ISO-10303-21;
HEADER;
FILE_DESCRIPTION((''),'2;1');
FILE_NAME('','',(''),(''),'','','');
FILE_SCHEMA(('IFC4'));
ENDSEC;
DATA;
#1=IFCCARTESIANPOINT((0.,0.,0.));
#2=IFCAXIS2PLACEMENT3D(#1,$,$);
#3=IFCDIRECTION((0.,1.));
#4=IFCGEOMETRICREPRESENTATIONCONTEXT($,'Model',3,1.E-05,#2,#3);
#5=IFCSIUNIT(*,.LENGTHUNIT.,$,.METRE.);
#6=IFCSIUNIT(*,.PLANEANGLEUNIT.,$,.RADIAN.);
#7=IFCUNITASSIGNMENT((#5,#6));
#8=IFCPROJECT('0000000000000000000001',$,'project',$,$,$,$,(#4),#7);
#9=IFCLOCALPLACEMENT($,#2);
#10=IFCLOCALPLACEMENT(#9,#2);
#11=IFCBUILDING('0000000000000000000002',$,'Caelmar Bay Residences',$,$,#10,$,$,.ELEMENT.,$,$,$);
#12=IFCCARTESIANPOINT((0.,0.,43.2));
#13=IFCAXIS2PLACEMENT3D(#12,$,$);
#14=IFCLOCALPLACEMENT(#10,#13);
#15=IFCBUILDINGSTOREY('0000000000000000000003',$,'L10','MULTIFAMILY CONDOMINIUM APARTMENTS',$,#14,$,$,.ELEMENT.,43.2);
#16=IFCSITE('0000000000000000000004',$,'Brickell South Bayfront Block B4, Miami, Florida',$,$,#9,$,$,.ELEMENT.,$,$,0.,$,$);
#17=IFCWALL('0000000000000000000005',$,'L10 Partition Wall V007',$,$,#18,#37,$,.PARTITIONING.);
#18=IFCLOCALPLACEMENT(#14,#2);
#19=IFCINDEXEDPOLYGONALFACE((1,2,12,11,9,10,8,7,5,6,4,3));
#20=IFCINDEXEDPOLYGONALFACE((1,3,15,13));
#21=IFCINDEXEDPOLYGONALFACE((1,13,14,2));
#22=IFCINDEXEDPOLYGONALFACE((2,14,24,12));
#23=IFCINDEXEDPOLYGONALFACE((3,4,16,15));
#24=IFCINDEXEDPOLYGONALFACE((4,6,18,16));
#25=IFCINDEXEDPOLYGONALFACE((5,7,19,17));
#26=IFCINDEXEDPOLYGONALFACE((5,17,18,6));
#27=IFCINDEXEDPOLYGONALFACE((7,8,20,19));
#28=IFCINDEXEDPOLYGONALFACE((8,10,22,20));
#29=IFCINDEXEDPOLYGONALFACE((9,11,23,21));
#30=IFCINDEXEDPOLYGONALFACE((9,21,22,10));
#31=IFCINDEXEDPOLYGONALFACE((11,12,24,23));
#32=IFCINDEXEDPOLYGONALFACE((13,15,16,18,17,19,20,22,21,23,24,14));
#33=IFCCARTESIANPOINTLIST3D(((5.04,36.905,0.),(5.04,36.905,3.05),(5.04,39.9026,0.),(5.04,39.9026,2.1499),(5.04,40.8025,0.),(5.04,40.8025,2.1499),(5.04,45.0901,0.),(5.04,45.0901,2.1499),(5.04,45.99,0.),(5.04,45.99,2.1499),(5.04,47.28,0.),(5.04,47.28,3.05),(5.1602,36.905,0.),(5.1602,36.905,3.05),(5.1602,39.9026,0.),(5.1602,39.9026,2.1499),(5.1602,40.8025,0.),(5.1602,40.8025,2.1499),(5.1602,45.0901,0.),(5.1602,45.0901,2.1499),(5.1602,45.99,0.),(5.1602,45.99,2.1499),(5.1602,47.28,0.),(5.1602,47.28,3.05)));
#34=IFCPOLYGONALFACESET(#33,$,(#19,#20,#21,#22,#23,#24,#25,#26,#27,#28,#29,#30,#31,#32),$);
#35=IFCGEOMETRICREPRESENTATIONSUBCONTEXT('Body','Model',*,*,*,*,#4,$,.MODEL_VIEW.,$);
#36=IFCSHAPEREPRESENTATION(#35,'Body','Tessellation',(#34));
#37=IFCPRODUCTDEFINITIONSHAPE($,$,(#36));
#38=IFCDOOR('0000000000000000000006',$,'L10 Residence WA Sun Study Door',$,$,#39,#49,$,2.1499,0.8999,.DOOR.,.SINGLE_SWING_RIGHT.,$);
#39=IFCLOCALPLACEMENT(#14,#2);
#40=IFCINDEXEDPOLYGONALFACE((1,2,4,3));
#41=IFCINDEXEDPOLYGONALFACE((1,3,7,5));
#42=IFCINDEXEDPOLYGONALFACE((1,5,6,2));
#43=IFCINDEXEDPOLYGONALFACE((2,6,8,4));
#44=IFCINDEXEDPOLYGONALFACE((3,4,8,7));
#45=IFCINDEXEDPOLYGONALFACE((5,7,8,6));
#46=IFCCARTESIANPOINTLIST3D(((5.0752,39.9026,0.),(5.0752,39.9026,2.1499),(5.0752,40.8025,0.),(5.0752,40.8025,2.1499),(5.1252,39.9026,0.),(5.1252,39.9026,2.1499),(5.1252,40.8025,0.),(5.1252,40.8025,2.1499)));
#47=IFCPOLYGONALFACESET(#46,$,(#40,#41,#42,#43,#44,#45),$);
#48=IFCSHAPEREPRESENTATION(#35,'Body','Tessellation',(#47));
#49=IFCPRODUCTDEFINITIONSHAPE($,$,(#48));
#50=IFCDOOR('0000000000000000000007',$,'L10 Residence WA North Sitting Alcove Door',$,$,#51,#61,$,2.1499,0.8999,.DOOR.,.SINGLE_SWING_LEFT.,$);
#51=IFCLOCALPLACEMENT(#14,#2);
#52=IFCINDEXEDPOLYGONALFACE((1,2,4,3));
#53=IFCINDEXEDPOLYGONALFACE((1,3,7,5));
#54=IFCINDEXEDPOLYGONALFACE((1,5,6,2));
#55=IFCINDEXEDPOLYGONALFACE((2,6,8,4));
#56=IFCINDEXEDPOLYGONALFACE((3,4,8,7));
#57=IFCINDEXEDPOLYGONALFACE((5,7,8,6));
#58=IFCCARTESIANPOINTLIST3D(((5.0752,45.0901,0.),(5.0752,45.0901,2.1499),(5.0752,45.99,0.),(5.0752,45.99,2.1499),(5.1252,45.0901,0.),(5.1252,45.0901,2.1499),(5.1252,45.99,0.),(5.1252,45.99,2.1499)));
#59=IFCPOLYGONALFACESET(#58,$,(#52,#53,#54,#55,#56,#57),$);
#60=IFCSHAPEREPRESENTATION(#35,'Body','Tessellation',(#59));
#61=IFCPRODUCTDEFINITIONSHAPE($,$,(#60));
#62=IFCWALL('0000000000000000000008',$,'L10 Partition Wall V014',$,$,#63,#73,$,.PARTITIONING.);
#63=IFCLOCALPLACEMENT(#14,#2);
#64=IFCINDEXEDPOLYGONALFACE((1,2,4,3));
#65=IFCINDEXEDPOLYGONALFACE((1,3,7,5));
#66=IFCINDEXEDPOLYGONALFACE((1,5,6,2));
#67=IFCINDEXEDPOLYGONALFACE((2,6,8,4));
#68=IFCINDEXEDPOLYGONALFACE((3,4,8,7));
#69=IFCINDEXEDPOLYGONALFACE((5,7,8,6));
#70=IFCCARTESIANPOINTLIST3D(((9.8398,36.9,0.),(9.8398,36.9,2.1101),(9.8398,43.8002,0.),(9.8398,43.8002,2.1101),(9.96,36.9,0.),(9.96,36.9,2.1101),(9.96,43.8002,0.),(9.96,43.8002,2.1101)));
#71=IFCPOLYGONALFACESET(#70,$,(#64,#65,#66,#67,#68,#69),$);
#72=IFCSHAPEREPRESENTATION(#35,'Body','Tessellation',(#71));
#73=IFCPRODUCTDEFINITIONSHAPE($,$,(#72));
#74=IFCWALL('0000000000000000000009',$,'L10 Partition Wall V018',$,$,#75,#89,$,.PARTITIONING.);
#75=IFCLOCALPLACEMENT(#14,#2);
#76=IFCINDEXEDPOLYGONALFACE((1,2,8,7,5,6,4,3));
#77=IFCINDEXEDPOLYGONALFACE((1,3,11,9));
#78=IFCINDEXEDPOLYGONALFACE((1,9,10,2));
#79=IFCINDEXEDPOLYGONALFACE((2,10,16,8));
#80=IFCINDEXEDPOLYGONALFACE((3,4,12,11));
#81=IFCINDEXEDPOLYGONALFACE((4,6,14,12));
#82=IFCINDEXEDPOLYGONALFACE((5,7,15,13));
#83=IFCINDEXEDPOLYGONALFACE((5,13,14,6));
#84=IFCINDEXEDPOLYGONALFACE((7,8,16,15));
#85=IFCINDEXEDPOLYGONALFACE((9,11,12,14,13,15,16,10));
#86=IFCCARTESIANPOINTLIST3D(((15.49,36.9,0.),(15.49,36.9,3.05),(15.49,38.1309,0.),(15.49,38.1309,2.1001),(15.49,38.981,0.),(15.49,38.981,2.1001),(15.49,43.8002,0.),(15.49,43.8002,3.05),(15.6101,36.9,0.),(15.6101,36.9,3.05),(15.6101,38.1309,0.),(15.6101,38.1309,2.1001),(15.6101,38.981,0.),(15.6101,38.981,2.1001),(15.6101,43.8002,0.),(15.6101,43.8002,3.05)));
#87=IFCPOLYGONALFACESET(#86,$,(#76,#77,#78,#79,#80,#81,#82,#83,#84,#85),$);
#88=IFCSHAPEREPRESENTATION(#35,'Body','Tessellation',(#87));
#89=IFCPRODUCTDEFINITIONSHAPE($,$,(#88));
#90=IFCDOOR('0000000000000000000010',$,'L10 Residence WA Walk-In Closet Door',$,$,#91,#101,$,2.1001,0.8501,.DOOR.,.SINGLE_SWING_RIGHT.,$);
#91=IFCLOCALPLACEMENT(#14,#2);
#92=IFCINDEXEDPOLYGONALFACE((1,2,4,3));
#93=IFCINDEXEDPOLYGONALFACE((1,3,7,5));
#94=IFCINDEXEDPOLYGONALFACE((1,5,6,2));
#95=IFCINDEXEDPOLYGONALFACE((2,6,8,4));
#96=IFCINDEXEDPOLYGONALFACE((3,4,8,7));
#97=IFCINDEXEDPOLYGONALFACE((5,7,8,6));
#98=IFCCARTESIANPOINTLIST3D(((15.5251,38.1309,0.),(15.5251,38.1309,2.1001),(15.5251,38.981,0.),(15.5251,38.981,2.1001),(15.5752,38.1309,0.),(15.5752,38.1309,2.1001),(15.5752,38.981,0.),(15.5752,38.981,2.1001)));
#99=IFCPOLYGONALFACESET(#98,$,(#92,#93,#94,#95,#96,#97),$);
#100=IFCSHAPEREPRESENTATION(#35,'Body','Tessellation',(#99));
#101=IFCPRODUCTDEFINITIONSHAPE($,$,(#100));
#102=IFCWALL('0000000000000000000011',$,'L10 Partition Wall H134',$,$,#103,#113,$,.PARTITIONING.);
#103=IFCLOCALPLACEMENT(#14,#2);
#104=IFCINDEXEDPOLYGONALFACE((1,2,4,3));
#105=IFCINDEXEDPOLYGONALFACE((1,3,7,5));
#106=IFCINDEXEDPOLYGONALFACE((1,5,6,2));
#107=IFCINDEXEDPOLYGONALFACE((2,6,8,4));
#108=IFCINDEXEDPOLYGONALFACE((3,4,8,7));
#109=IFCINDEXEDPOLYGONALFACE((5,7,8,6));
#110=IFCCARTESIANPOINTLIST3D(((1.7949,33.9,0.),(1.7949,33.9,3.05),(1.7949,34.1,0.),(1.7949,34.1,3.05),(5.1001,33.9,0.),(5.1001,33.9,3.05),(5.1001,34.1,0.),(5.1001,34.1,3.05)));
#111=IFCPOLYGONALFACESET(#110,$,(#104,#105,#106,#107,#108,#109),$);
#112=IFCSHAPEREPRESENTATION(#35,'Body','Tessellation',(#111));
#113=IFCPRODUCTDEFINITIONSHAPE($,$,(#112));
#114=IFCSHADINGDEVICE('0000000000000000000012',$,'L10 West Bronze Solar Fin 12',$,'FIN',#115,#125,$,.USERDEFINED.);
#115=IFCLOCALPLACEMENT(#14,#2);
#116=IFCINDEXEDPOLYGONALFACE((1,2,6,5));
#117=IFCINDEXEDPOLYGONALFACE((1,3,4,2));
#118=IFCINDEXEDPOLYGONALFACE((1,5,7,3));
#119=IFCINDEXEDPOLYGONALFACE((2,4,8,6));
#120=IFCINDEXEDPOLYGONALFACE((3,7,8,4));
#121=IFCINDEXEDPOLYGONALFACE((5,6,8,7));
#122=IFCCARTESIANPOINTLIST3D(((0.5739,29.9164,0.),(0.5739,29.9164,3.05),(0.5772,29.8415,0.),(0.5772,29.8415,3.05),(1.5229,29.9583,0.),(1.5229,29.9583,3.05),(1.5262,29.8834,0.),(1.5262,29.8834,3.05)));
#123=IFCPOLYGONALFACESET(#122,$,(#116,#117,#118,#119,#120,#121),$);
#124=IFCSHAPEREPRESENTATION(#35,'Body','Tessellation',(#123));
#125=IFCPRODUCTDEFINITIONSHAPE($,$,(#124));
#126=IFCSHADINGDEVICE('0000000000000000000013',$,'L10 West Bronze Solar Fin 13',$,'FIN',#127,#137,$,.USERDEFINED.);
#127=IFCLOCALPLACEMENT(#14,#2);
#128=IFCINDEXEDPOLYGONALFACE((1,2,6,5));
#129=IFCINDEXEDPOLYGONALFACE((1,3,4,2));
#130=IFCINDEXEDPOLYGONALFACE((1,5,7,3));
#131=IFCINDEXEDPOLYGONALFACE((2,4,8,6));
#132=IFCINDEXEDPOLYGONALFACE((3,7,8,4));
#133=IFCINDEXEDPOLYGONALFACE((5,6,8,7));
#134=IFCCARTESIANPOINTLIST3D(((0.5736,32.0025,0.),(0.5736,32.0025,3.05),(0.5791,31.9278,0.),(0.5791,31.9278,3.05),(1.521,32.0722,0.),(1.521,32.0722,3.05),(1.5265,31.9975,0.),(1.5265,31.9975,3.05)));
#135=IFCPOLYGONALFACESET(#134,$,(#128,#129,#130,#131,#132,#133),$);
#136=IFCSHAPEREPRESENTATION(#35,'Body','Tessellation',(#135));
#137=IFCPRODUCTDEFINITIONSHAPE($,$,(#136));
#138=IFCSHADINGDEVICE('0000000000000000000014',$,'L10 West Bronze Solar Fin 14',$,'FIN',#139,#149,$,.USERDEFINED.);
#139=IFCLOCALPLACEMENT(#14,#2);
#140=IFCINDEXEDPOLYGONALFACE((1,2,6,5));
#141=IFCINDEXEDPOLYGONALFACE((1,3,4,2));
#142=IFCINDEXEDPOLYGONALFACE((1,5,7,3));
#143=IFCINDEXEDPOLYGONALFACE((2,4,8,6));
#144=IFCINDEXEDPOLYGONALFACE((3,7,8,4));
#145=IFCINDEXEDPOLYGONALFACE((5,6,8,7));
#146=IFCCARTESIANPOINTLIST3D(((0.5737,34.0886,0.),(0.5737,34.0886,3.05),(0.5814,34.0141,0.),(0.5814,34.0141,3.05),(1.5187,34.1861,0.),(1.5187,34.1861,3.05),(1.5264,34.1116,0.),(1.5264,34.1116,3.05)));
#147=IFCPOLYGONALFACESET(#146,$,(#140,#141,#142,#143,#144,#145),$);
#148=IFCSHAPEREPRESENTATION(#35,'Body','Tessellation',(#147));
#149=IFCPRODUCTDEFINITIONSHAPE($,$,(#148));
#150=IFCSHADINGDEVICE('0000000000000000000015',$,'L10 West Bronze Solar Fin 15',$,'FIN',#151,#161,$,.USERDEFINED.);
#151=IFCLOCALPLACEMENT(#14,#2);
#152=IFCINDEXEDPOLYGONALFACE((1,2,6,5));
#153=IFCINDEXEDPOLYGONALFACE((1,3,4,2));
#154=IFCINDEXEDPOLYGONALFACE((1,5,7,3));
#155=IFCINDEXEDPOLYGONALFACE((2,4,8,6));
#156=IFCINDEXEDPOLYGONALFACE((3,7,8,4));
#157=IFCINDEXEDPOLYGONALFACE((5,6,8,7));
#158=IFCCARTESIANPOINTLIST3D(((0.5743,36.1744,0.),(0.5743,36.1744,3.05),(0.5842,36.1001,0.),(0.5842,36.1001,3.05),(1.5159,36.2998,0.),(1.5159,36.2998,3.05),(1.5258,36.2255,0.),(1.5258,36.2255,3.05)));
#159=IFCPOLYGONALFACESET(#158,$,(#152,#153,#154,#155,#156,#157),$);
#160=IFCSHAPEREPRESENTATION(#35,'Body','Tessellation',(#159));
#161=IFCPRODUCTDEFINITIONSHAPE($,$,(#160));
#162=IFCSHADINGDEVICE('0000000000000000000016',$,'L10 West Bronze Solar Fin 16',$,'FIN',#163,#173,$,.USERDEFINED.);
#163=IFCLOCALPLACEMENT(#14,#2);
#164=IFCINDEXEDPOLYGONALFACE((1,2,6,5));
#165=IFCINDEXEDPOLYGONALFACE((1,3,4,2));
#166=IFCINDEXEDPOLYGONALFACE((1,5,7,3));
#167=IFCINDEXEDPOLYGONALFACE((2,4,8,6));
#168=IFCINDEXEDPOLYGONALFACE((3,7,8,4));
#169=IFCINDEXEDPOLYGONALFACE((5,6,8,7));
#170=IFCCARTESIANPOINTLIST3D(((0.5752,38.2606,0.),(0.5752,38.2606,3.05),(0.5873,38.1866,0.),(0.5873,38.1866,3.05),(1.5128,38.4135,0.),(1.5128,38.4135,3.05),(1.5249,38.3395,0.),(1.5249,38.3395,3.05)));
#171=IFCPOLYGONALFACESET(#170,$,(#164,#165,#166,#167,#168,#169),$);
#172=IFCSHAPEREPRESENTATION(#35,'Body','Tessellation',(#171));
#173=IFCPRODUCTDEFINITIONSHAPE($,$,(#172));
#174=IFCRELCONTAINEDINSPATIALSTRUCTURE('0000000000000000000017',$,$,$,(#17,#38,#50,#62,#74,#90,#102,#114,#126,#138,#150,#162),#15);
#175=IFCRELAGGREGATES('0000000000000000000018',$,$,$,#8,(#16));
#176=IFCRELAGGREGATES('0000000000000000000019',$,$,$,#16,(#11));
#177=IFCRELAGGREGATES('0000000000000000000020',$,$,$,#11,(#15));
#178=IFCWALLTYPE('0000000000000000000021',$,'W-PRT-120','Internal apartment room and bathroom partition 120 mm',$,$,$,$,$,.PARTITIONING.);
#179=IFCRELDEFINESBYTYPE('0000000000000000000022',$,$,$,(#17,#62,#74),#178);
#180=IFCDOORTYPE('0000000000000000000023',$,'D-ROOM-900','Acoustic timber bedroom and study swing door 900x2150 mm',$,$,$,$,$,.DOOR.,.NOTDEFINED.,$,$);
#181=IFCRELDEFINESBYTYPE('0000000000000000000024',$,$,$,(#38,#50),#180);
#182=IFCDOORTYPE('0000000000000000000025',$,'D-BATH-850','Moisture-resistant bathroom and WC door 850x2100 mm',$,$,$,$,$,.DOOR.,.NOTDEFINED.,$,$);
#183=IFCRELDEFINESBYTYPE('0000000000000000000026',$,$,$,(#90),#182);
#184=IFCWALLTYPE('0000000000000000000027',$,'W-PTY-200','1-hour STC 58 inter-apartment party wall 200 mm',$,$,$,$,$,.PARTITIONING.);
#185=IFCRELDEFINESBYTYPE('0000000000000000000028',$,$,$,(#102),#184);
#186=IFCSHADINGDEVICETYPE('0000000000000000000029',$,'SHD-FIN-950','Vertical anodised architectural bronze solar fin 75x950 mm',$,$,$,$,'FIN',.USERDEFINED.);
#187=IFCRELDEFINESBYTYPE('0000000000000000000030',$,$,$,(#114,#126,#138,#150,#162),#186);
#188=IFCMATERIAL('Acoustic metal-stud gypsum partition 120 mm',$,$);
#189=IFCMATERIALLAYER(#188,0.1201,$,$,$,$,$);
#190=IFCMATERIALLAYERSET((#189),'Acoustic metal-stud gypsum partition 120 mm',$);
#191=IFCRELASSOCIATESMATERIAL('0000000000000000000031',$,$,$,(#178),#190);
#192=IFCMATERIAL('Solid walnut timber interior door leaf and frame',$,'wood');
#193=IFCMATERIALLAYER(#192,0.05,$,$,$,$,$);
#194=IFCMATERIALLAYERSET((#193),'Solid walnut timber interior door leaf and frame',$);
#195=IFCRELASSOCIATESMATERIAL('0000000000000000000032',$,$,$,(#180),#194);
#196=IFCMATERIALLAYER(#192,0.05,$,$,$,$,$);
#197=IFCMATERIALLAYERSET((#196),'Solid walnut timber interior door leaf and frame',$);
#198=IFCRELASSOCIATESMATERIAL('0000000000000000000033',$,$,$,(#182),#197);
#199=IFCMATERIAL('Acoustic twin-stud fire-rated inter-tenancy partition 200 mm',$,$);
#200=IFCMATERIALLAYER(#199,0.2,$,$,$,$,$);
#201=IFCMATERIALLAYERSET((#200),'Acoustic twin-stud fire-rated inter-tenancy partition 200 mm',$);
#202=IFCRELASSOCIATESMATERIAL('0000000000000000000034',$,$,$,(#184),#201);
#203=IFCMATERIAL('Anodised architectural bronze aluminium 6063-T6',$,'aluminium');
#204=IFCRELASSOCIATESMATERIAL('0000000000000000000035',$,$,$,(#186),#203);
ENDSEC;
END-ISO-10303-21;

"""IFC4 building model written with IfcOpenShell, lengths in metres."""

from ifc_helpers import new_model, si_unit, direction, frame, frame_2d, origin, origin_2d, place, context, subcontext, project, spatial, rectangle, extrude, material, layer, layer_set, material_profile, profile_set, type_object, element, fill, save


model = new_model("IFC4")

# Units and contexts
model_context = context("Model", 3, precision=1e-05, world=origin(), true_north=direction((0.0, 1.0)))
body_context = subcontext(model_context, "Body", "Model", "MODEL_VIEW")
ifc_project = project(units=[si_unit("LENGTHUNIT", "METRE"), si_unit("PLANEANGLEUNIT", "RADIAN")], contexts=[model_context])

# Site, building, storey
site_placement = place(None, origin())
site = spatial("IfcSite", under=ifc_project, at=site_placement, Name="Brickell South Bayfront Block B4, Miami, Florida", CompositionType="ELEMENT", RefElevation=0.0)
building_placement = place(site_placement, origin())
building = spatial("IfcBuilding", under=site, at=building_placement, Name="Caelmar Bay Residences", CompositionType="ELEMENT")
storey_placement = place(building_placement, frame((0.0, 0.0, 43.2)))
storey = spatial("IfcBuildingStorey", under=building, at=storey_placement, Name="L10", Description="MULTIFAMILY CONDOMINIUM APARTMENTS", CompositionType="ELEMENT", Elevation=43.2)

# Wall, openings, doors
ifc_material_1 = material(Name="Acoustic metal-stud gypsum partition 120 mm")
ifc_layer_1 = layer(ifc_material_1, 0.1201)
ifc_layer_set_1 = layer_set([ifc_layer_1], Name="Acoustic metal-stud gypsum partition 120 mm")
wall_type_1 = type_object("IfcWallType", Name="W-PRT-120", Description="Internal apartment room and bathroom partition 120 mm", PredefinedType="PARTITIONING", material=ifc_layer_set_1)
wall_1_placement = place(storey_placement, frame((5.1001, 36.905, 0.0), z_axis=(0.0, 0.0, 1.0), x_axis=(0.0, 1.0, 0.0)))
wall_1 = element("IfcWall", 1, at=wall_1_placement, inside=storey, type_object=wall_type_1, Name="L10 Partition Wall V007", PredefinedType="PARTITIONING", context=body_context, shape_type="SweptSolid", body=[
    extrude(rectangle(XDim=10.375, YDim=0.1201, at=frame_2d((5.1875, 0.0))), origin(), (0.0, 0.0, 1.0), 3.05),
])
opening_1_placement = place(wall_1_placement, frame((2.9976, 0.0, 0.0)))
opening_1 = element("IfcOpeningElement", 2, at=opening_1_placement, cuts=wall_1, PredefinedType="OPENING", context=body_context, shape_type="SweptSolid", body=[
    extrude(rectangle(XDim=0.8999, YDim=2.1499, at=frame_2d((0.45, 1.075))), frame((0.0, 0.0701, 0.0), z_axis=(0.0, -1.0, 0.0), x_axis=(1.0, 0.0, 0.0)), (0.0, 0.0, 1.0), 0.1401),
])
opening_2_placement = place(wall_1_placement, frame((8.1851, 0.0, 0.0)))
opening_2 = element("IfcOpeningElement", 3, at=opening_2_placement, cuts=wall_1, PredefinedType="OPENING", context=body_context, shape_type="SweptSolid", body=[
    extrude(rectangle(XDim=0.8999, YDim=2.1499, at=frame_2d((0.45, 1.075))), frame((0.0, 0.0701, 0.0), z_axis=(0.0, -1.0, 0.0), x_axis=(1.0, 0.0, 0.0)), (0.0, 0.0, 1.0), 0.1401),
])
ifc_material_2 = material(Name="Solid walnut timber interior door leaf and frame", Category="wood")
ifc_layer_2 = layer(ifc_material_2, 0.05)
ifc_layer_set_2 = layer_set([ifc_layer_2], Name="Solid walnut timber interior door leaf and frame")
door_type_1 = type_object("IfcDoorType", Name="D-ROOM-900", Description="Acoustic timber bedroom and study swing door 900x2150 mm", OperationType="NOTDEFINED", PredefinedType="DOOR", material=ifc_layer_set_2)
door_1_placement = place(opening_1_placement, origin())
door_1 = element("IfcDoor", 4, at=door_1_placement, inside=storey, type_object=door_type_1, Name="L10 Residence WA Sun Study Door", OperationType="SINGLE_SWING_RIGHT", OverallHeight=2.1499, OverallWidth=0.8999, PredefinedType="DOOR", context=body_context, shape_type="SweptSolid", body=[
    extrude(rectangle(XDim=0.8999, YDim=2.1499, at=frame_2d((0.45, 1.075))), frame((0.0, 0.0249, 0.0), z_axis=(0.0, -1.0, 0.0), x_axis=(1.0, 0.0, 0.0)), (0.0, 0.0, 1.0), 0.05),
])
fill(opening_1, door_1)
door_2_placement = place(opening_2_placement, origin())
door_2 = element("IfcDoor", 5, at=door_2_placement, inside=storey, type_object=door_type_1, Name="L10 Residence WA North Sitting Alcove Door", OperationType="SINGLE_SWING_LEFT", OverallHeight=2.1499, OverallWidth=0.8999, PredefinedType="DOOR", context=body_context, shape_type="SweptSolid", body=[
    extrude(rectangle(XDim=0.8999, YDim=2.1499, at=frame_2d((0.45, 1.075))), frame((0.0, 0.0249, 0.0), z_axis=(0.0, -1.0, 0.0), x_axis=(1.0, 0.0, 0.0)), (0.0, 0.0, 1.0), 0.05),
])
fill(opening_2, door_2)

# Wall
wall_2_placement = place(storey_placement, frame((9.8999, 36.8999, 0.0), z_axis=(0.0, 0.0, 1.0), x_axis=(0.0, 1.0, 0.0)))
element("IfcWall", 6, at=wall_2_placement, inside=storey, type_object=wall_type_1, Name="L10 Partition Wall V014", PredefinedType="PARTITIONING", context=body_context, shape_type="SweptSolid", body=[
    extrude(rectangle(XDim=6.9001, YDim=0.1201, at=frame_2d((3.4502, 0.0))), origin(), (0.0, 0.0, 1.0), 2.1101),
])

# Wall, opening, door
wall_3_placement = place(storey_placement, frame((15.55, 36.8999, 0.0), z_axis=(0.0, 0.0, 1.0), x_axis=(0.0, 1.0, 0.0)))
wall_3 = element("IfcWall", 7, at=wall_3_placement, inside=storey, type_object=wall_type_1, Name="L10 Partition Wall V018", PredefinedType="PARTITIONING", context=body_context, shape_type="SweptSolid", body=[
    extrude(rectangle(XDim=6.9001, YDim=0.1201, at=frame_2d((3.4502, 0.0))), origin(), (0.0, 0.0, 1.0), 3.05),
])
opening_3_placement = place(wall_3_placement, frame((1.231, 0.0, 0.0)))
opening_3 = element("IfcOpeningElement", 8, at=opening_3_placement, cuts=wall_3, PredefinedType="OPENING", context=body_context, shape_type="SweptSolid", body=[
    extrude(rectangle(XDim=0.8501, YDim=2.1001, at=frame_2d((0.425, 1.05))), frame((0.0, 0.0701, 0.0), z_axis=(0.0, -1.0, 0.0), x_axis=(1.0, 0.0, 0.0)), (0.0, 0.0, 1.0), 0.1401),
])
ifc_layer_3 = layer(ifc_material_2, 0.05)
ifc_layer_set_3 = layer_set([ifc_layer_3], Name="Solid walnut timber interior door leaf and frame")
door_type_2 = type_object("IfcDoorType", Name="D-BATH-850", Description="Moisture-resistant bathroom and WC door 850x2100 mm", OperationType="NOTDEFINED", PredefinedType="DOOR", material=ifc_layer_set_3)
door_3_placement = place(opening_3_placement, origin())
door_3 = element("IfcDoor", 9, at=door_3_placement, inside=storey, type_object=door_type_2, Name="L10 Residence WA Walk-In Closet Door", OperationType="SINGLE_SWING_RIGHT", OverallHeight=2.1001, OverallWidth=0.8501, PredefinedType="DOOR", context=body_context, shape_type="SweptSolid", body=[
    extrude(rectangle(XDim=0.8501, YDim=2.1001, at=frame_2d((0.425, 1.05))), frame((0.0, 0.0249, 0.0), z_axis=(0.0, -1.0, 0.0), x_axis=(1.0, 0.0, 0.0)), (0.0, 0.0, 1.0), 0.05),
])
fill(opening_3, door_3)

# Wall
ifc_material_3 = material(Name="Acoustic twin-stud fire-rated inter-tenancy partition 200 mm")
ifc_layer_4 = layer(ifc_material_3, 0.2)
ifc_layer_set_4 = layer_set([ifc_layer_4], Name="Acoustic twin-stud fire-rated inter-tenancy partition 200 mm")
wall_type_2 = type_object("IfcWallType", Name="W-PTY-200", Description="1-hour STC 58 inter-apartment party wall 200 mm", PredefinedType="PARTITIONING", material=ifc_layer_set_4)
wall_4_placement = place(storey_placement, frame((1.7949, 34.0, 0.0), z_axis=(0.0, 0.0, 1.0), x_axis=(1.0, 0.0, 0.0)))
element("IfcWall", 10, at=wall_4_placement, inside=storey, type_object=wall_type_2, Name="L10 Partition Wall H134", PredefinedType="PARTITIONING", context=body_context, shape_type="SweptSolid", body=[
    extrude(rectangle(XDim=3.3052, YDim=0.2, at=frame_2d((1.6526, 0.0))), origin(), (0.0, 0.0, 1.0), 3.05),
])

# Shading devices
ifc_material_4 = material(Name="Anodised architectural bronze aluminium 6063-T6", Category="aluminium")
ifc_material_profile_1 = material_profile(ifc_material_4, rectangle(XDim=0.075, YDim=0.95, at=origin_2d()), Name="BRONZE-FIN-75X950")
ifc_profile_set_1 = profile_set([ifc_material_profile_1], Name="Anodised architectural bronze aluminium 6063-T6")
shading_device_type = type_object("IfcShadingDeviceType", Name="SHD-FIN-950", Description="Vertical anodised architectural bronze solar fin 75x950 mm", ElementType="FIN", PredefinedType="USERDEFINED", material=ifc_profile_set_1)
for number, where, z_axis, x_axis, name in (
    (11, (1.05, 29.8999, 0.0), (0.0, 0.0, 1.0), (-0.044142, 0.999025, 0.0), "L10 West Bronze Solar Fin 12"),
    (12, (1.05, 32.0, 0.0), (0.0, 0.0, 1.0), (-0.073412, 0.997302, 0.0), "L10 West Bronze Solar Fin 13"),
    (13, (1.05, 34.1001, 0.0), (0.0, 0.0, 1.0), (-0.102619, 0.994721, 0.0), "L10 West Bronze Solar Fin 14"),
    (14, (1.05, 36.2, 0.0), (0.0, 0.0, 1.0), (-0.13191, 0.991262, 0.0), "L10 West Bronze Solar Fin 15"),
    (15, (1.05, 38.3, 0.0), (0.0, 0.0, 1.0), (-0.160915, 0.986968, 0.0), "L10 West Bronze Solar Fin 16"),
):
    element("IfcShadingDevice", number, at=place(storey_placement, frame(where, z_axis=z_axis, x_axis=x_axis)), inside=storey, type_object=shading_device_type, Name=name, ObjectType="FIN", PredefinedType="USERDEFINED", context=body_context, shape_type="SweptSolid", body=[
        extrude(rectangle(XDim=0.075, YDim=0.95, at=origin_2d()), origin(), (0.0, 0.0, 1.0), 3.05),
    ])

save(model, "model.ifc")
